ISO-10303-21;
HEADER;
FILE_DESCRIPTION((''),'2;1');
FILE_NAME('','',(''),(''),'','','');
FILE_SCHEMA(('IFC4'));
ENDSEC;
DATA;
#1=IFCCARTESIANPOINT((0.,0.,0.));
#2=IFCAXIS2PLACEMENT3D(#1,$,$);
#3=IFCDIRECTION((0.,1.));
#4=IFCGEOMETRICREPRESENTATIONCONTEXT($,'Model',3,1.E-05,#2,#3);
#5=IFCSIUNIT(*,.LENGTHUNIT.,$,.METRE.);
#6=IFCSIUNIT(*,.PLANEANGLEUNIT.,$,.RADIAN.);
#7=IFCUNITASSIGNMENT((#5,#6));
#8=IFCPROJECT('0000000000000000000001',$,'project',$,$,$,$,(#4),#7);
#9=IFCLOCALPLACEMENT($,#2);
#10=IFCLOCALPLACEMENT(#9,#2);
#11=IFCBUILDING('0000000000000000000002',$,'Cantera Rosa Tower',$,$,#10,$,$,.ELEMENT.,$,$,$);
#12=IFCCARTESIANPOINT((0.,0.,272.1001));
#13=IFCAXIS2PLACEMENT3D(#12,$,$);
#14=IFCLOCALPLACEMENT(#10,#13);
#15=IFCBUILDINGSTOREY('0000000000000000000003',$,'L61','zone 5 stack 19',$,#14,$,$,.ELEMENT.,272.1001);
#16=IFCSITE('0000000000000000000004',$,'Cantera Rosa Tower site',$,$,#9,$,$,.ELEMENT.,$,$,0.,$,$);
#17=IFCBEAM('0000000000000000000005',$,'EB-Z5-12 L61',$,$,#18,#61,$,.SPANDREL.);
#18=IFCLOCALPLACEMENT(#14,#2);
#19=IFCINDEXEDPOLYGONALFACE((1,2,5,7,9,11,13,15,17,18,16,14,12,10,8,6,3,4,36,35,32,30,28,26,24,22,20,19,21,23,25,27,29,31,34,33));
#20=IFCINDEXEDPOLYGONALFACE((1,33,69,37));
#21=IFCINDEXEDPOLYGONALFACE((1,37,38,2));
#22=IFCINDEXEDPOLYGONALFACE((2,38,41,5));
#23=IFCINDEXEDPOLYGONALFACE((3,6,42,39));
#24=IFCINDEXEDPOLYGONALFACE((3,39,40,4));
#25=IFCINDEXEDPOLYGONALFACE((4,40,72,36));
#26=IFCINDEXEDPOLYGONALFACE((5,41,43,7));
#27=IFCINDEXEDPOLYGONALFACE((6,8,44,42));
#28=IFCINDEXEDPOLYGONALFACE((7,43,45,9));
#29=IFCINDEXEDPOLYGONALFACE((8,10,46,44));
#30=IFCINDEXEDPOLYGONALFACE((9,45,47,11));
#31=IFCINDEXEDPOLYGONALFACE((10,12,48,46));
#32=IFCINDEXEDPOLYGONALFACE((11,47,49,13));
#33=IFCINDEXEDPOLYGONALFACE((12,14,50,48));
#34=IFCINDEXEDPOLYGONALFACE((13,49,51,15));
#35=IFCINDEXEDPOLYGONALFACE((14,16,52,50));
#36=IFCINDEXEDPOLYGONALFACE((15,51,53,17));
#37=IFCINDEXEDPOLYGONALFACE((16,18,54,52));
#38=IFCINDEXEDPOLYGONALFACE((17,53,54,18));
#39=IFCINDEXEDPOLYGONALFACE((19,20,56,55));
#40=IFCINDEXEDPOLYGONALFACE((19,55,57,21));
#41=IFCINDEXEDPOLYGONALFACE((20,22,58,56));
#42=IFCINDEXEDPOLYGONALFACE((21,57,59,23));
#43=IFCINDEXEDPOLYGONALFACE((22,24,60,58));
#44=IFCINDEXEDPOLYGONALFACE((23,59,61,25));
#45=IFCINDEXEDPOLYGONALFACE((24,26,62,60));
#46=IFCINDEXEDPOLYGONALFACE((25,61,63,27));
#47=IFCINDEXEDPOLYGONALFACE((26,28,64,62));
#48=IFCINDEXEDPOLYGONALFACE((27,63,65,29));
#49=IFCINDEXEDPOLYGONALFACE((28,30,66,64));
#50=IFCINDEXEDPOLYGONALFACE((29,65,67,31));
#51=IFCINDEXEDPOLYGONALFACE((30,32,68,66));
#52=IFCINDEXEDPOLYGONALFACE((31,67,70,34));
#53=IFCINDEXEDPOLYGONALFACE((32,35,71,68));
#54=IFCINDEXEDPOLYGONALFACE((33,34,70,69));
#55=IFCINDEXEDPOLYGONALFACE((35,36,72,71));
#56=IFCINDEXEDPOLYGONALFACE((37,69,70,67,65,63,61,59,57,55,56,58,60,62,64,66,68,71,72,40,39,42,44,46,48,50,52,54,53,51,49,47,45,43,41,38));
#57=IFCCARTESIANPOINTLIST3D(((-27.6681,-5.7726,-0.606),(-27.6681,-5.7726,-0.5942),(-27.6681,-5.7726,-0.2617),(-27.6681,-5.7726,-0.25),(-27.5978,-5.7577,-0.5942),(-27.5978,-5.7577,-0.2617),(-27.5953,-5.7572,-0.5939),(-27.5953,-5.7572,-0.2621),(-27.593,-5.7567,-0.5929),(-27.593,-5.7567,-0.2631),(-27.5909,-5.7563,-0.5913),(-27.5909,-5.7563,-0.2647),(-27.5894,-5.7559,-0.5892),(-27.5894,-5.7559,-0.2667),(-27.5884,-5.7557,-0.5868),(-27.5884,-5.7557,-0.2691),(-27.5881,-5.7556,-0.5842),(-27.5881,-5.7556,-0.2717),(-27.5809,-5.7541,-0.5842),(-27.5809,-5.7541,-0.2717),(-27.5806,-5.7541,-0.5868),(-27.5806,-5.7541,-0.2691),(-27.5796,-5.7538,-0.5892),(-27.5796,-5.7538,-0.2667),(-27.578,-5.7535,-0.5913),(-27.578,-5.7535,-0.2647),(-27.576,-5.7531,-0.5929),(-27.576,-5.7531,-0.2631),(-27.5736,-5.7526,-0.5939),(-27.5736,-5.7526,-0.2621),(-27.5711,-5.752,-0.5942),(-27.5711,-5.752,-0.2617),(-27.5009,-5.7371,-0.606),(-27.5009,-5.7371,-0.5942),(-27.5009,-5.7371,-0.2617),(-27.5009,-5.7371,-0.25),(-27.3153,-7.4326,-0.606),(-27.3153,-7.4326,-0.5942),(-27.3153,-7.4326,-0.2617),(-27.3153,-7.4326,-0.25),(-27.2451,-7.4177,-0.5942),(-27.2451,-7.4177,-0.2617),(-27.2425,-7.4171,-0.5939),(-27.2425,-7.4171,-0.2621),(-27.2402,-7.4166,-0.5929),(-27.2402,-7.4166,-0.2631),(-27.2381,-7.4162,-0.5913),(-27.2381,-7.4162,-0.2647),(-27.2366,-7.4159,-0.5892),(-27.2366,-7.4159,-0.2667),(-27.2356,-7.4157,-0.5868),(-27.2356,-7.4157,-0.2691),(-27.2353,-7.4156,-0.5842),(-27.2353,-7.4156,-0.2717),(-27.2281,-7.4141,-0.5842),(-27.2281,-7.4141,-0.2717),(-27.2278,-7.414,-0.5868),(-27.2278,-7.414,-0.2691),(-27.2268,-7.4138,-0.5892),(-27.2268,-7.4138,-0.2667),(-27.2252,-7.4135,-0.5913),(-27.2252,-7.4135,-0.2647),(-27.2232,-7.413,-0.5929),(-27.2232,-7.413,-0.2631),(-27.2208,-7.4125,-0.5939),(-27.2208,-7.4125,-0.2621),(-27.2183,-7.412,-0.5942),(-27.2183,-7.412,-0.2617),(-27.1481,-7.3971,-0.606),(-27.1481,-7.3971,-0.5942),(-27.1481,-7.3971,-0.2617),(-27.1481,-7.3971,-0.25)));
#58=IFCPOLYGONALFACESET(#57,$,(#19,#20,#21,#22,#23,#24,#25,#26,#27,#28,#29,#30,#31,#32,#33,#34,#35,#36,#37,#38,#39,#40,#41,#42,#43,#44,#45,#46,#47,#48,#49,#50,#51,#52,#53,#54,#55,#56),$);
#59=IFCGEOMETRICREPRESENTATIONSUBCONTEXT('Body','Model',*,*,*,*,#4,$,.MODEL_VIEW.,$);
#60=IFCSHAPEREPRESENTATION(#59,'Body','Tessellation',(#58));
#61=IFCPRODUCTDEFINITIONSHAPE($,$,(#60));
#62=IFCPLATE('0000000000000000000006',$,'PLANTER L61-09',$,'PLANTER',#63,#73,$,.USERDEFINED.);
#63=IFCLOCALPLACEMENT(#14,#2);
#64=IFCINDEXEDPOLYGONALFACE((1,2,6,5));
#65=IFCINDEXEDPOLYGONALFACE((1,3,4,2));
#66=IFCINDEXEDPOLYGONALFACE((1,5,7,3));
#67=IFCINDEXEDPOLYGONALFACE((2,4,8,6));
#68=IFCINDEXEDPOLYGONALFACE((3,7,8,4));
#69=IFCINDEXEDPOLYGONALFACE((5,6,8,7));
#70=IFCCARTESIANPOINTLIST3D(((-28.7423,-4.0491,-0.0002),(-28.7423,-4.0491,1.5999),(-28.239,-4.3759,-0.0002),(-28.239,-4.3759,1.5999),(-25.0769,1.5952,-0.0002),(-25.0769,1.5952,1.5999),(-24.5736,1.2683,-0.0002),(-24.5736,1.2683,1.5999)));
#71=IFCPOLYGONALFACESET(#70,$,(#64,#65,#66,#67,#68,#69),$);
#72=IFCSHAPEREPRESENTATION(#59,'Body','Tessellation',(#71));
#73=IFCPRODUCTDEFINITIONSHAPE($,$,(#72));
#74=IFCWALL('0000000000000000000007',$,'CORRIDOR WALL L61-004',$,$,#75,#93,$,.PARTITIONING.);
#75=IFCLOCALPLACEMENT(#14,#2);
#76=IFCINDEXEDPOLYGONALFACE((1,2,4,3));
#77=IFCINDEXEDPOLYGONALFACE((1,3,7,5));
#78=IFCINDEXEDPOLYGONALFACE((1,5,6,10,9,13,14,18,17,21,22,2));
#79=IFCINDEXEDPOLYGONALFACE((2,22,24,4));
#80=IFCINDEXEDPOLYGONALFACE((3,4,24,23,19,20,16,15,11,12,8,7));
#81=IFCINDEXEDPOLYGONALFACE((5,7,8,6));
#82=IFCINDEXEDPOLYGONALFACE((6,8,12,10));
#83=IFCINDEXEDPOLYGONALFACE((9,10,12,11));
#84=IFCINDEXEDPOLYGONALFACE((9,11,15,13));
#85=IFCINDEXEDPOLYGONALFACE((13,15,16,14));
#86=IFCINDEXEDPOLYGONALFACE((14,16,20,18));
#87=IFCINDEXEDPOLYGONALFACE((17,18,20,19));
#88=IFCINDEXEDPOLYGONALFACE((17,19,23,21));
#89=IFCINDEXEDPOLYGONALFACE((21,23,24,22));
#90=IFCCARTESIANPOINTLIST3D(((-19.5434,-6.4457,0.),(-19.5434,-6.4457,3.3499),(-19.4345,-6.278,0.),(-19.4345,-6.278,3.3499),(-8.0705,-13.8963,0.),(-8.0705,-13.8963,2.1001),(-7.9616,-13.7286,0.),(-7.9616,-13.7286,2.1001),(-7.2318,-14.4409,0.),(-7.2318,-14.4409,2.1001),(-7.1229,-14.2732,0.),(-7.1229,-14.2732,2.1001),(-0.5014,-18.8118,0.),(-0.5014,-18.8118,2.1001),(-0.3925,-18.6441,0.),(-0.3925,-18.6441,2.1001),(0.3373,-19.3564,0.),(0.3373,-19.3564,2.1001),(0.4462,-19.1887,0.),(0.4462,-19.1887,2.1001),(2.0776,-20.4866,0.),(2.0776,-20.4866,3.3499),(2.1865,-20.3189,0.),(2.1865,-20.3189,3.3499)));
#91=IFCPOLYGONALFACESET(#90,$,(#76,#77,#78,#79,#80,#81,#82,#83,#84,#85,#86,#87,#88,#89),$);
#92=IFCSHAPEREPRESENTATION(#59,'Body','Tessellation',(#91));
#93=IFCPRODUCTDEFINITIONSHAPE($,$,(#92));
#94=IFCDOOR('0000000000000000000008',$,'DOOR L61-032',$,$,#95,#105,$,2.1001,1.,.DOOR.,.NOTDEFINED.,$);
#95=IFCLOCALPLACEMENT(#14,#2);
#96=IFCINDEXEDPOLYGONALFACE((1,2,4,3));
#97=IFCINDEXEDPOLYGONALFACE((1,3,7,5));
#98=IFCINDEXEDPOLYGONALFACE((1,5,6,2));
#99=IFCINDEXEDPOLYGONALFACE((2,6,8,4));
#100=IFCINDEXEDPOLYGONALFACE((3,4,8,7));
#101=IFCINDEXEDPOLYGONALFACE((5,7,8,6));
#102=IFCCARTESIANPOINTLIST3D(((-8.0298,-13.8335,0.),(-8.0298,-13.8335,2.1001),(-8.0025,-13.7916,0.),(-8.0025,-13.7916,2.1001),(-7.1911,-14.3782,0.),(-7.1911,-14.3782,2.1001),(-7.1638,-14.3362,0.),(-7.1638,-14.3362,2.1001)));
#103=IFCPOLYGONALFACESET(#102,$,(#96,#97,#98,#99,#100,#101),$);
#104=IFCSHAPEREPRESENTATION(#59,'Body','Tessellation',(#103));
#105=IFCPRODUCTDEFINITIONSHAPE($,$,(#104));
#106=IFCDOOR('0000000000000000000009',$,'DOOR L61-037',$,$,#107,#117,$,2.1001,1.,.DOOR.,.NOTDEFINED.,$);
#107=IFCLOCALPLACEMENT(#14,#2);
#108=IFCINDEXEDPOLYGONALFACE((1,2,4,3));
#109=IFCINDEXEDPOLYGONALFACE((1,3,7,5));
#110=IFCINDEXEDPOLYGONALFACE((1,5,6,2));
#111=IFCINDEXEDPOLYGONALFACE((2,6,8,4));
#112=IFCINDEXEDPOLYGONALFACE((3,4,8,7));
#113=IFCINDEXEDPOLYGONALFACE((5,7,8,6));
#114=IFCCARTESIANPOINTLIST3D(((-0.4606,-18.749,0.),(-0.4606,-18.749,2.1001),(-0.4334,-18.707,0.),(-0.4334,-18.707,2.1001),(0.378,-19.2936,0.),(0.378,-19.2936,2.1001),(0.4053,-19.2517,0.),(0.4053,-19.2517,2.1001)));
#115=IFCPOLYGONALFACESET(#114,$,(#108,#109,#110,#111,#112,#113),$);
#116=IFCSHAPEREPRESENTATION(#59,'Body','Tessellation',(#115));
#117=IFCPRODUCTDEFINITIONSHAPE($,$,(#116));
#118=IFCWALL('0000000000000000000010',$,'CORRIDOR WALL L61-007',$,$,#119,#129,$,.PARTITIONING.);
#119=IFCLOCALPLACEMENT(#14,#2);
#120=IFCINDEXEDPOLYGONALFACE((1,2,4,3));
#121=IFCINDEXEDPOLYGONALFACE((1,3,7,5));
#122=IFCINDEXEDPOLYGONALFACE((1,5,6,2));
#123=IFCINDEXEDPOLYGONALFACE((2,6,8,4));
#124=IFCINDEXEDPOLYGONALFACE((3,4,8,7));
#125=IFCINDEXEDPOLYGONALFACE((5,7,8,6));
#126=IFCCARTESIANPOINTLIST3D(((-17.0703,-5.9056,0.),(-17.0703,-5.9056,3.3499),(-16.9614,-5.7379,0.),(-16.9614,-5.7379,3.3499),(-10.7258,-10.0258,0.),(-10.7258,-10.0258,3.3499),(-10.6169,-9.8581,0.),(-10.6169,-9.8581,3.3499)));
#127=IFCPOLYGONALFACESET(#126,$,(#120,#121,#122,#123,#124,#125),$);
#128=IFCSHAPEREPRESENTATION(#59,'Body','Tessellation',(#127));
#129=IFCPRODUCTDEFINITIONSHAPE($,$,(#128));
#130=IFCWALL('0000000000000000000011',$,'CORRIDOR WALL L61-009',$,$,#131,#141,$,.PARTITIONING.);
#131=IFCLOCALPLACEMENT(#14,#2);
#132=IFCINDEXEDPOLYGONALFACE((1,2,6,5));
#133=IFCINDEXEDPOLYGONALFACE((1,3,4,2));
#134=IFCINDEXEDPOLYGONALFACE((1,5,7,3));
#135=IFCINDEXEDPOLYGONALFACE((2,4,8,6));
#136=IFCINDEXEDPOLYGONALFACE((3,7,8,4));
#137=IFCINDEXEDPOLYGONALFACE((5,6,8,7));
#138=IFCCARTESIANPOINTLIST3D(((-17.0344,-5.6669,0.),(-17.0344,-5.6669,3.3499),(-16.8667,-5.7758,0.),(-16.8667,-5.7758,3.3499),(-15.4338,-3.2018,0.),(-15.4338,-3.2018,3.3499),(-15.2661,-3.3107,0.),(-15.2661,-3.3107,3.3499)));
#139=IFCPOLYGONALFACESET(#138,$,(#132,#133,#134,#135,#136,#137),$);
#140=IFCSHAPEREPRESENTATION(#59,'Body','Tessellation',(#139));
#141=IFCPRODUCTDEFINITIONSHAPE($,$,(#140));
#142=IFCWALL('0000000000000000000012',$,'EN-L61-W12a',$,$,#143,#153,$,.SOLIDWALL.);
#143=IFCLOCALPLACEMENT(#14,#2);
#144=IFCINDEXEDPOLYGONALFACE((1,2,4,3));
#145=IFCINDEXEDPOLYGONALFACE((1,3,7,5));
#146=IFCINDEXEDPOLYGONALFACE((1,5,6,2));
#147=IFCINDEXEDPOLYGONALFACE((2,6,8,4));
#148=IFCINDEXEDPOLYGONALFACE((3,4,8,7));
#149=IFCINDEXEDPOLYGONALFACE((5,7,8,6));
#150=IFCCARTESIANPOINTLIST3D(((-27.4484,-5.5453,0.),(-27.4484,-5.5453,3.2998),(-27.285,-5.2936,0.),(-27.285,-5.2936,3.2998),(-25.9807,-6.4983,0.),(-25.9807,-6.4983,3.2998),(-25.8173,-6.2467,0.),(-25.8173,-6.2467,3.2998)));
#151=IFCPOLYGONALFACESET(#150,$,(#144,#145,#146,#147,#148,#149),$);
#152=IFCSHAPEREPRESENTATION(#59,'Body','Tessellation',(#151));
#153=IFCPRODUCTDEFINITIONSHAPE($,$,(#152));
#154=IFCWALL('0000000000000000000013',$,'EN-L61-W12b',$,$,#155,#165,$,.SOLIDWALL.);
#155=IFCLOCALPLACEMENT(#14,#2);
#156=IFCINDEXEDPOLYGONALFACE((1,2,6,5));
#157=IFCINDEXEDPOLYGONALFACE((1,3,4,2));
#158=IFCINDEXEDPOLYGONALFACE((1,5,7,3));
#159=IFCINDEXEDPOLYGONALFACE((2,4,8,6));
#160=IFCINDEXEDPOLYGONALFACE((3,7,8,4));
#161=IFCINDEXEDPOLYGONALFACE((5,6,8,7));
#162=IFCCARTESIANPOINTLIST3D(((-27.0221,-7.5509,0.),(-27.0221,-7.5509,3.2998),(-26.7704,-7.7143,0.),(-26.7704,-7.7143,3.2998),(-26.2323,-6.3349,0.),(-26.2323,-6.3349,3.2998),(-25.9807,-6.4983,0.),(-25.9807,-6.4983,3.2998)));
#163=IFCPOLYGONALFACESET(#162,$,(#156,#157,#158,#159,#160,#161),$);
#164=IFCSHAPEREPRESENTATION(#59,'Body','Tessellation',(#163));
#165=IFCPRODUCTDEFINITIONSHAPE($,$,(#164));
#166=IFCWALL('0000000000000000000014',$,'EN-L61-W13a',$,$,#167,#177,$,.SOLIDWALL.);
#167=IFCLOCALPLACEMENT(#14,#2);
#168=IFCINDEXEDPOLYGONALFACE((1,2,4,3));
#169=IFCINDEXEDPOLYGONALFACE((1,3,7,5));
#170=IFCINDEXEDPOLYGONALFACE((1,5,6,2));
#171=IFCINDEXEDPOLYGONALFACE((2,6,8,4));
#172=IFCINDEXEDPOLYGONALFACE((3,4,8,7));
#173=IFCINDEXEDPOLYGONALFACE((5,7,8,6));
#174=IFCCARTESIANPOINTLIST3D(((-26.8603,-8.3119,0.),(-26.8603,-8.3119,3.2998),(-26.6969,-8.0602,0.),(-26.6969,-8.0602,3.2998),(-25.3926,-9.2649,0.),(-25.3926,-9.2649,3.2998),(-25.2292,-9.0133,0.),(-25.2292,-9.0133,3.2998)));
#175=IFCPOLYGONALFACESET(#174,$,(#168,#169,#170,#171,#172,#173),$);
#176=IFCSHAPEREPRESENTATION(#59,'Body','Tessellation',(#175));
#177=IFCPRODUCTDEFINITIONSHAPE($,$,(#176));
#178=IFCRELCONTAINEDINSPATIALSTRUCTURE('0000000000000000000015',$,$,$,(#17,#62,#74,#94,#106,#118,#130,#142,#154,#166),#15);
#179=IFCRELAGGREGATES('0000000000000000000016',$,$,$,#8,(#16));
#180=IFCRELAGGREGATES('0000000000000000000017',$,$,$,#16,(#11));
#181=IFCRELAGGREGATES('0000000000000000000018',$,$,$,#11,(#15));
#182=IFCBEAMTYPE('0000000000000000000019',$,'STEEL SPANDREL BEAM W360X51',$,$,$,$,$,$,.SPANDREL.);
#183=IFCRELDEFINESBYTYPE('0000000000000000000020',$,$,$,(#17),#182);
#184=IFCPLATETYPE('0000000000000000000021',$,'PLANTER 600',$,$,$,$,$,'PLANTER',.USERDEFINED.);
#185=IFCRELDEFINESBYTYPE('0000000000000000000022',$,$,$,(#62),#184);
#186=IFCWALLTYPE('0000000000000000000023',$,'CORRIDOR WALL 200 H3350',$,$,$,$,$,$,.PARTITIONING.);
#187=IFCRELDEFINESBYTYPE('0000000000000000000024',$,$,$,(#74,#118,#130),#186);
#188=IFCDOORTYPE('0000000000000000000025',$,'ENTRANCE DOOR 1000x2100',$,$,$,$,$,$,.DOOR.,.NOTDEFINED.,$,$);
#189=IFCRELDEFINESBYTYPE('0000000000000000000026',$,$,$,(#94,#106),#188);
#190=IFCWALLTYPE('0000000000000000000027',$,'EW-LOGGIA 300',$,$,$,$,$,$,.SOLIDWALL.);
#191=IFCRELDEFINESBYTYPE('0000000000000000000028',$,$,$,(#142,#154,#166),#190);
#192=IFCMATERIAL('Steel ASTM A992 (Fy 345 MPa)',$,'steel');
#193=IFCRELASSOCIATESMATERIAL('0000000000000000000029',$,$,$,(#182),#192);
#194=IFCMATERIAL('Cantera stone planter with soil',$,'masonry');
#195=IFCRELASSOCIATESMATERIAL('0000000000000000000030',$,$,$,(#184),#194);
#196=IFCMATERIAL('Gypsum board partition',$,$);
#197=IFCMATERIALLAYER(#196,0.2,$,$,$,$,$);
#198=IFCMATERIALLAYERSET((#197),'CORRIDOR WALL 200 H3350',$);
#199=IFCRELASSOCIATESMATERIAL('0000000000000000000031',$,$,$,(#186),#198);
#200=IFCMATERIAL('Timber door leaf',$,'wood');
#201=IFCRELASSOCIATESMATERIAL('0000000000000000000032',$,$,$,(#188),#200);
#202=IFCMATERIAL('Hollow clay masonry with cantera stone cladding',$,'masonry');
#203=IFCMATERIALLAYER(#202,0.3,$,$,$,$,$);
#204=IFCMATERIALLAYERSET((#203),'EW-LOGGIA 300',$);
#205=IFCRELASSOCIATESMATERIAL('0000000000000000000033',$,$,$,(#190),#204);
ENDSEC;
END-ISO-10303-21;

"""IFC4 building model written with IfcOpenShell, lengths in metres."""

from ifc_helpers import new_model, si_unit, direction, frame, frame_2d, origin, origin_2d, place, context, subcontext, project, spatial, rectangle, i_section, extrude, material, layer, layer_set, material_profile, profile_set, type_object, element, fill, save


model = new_model("IFC4")

# Units and contexts
model_context = context("Model", 3, precision=1e-05, world=origin(), true_north=direction((0.0, 1.0)))
body_context = subcontext(model_context, "Body", "Model", "MODEL_VIEW")
ifc_project = project(units=[si_unit("LENGTHUNIT", "METRE"), si_unit("PLANEANGLEUNIT", "RADIAN")], contexts=[model_context])

# Site, building, storey
site_placement = place(None, origin())
site = spatial("IfcSite", under=ifc_project, at=site_placement, Name="Cantera Rosa Tower site", CompositionType="ELEMENT", RefElevation=0.0)
building_placement = place(site_placement, origin())
building = spatial("IfcBuilding", under=site, at=building_placement, Name="Cantera Rosa Tower", CompositionType="ELEMENT")
storey_placement = place(building_placement, frame((0.0, 0.0, 272.1001)))
storey = spatial("IfcBuildingStorey", under=building, at=storey_placement, Name="L61", Description="zone 5 stack 19", CompositionType="ELEMENT", Elevation=272.1001)

# Beam
ifc_material_1 = material(Name="Steel ASTM A992 (Fy 345 MPa)", Category="steel")
ifc_material_profile_1 = material_profile(ifc_material_1, i_section(OverallWidth=0.1709, OverallDepth=0.356, WebThickness=0.0073, FlangeThickness=0.0117, FilletRadius=0.01, at=origin_2d()), Name="W360X51")
ifc_profile_set_1 = profile_set([ifc_material_profile_1], Name="Steel ASTM A992 (Fy 345 MPa)")
beam_type_1 = type_object("IfcBeamType", Name="STEEL SPANDREL BEAM W360X51", PredefinedType="SPANDREL", material=ifc_profile_set_1)
beam_1_placement = place(storey_placement, frame((-27.5845, -5.7549, -0.428), z_axis=(0.207888, -0.978153, 0.0), x_axis=(0.978153, 0.207888, 0.0)))
element("IfcBeam", 1, at=beam_1_placement, inside=storey, type_object=beam_type_1, Name="EB-Z5-12 L61", PredefinedType="SPANDREL", context=body_context, shape_type="SweptSolid", body=[
    extrude(i_section(OverallWidth=0.1709, OverallDepth=0.356, WebThickness=0.0073, FlangeThickness=0.0117, FilletRadius=0.01, at=origin_2d()), origin(), (0.0, 0.0, 1.0), 1.697),
])

# Plate
ifc_material_2 = material(Name="Cantera stone planter with soil", Category="masonry")
plate_type = type_object("IfcPlateType", Name="PLANTER 600", ElementType="PLANTER", PredefinedType="USERDEFINED", material=ifc_material_2)
plate_placement = place(storey_placement, frame((-26.658, -1.3904, -0.0002), z_axis=(0.0, 0.0, 1.0), x_axis=(-0.544639, -0.838671, 0.0)))
element("IfcPlate", 2, at=plate_placement, inside=storey, type_object=plate_type, Name="PLANTER L61-09", ObjectType="PLANTER", PredefinedType="USERDEFINED", context=body_context, shape_type="SweptSolid", body=[
    extrude(rectangle(XDim=6.73, YDim=0.6001, at=origin_2d()), origin(), (0.0, 0.0, 1.0), 1.6001),
])

# Wall, openings, doors
ifc_material_3 = material(Name="Gypsum board partition")
ifc_layer_1 = layer(ifc_material_3, 0.2)
ifc_layer_set_1 = layer_set([ifc_layer_1], Name="CORRIDOR WALL 200 H3350")
wall_type_1 = type_object("IfcWallType", Name="CORRIDOR WALL 200 H3350", PredefinedType="PARTITIONING", material=ifc_layer_set_1)
wall_1_placement = place(storey_placement, frame((-19.489, -6.3618, 0.0), z_axis=(0.0, 0.0, 1.0), x_axis=(0.83867, -0.54464, 0.0)))
wall_1 = element("IfcWall", 3, at=wall_1_placement, inside=storey, type_object=wall_type_1, Name="CORRIDOR WALL L61-004", PredefinedType="PARTITIONING", context=body_context, shape_type="SweptSolid", body=[
    extrude(rectangle(XDim=25.78, YDim=0.2, at=frame_2d((12.8901, 0.0))), origin(), (0.0, 0.0, 1.0), 3.3499),
])
opening_1_placement = place(wall_1_placement, frame((13.6799, 0.0, 0.0)))
opening_1 = element("IfcOpeningElement", 4, at=opening_1_placement, cuts=wall_1, PredefinedType="OPENING", context=body_context, shape_type="SweptSolid", body=[
    extrude(rectangle(XDim=1.0, YDim=2.1001, at=frame_2d((0.5, 1.05))), frame((0.0, 0.1099, 0.0), z_axis=(0.0, -1.0, 0.0), x_axis=(1.0, 0.0, 0.0)), (0.0, 0.0, 1.0), 0.22),
])
opening_2_placement = place(wall_1_placement, frame((22.7051, 0.0, 0.0)))
opening_2 = element("IfcOpeningElement", 5, at=opening_2_placement, cuts=wall_1, PredefinedType="OPENING", context=body_context, shape_type="SweptSolid", body=[
    extrude(rectangle(XDim=1.0, YDim=2.1001, at=frame_2d((0.5, 1.05))), frame((0.0, 0.1099, 0.0), z_axis=(0.0, -1.0, 0.0), x_axis=(1.0, 0.0, 0.0)), (0.0, 0.0, 1.0), 0.22),
])
ifc_material_4 = material(Name="Timber door leaf", Category="wood")
door_type_1 = type_object("IfcDoorType", Name="ENTRANCE DOOR 1000x2100", OperationType="NOTDEFINED", PredefinedType="DOOR", material=ifc_material_4)
door_1_placement = place(opening_1_placement, origin())
door_1 = element("IfcDoor", 6, at=door_1_placement, inside=storey, type_object=door_type_1, Name="DOOR L61-032", OperationType="NOTDEFINED", OverallHeight=2.1001, OverallWidth=1.0, PredefinedType="DOOR", context=body_context, shape_type="SweptSolid", body=[
    extrude(rectangle(XDim=1.0, YDim=2.1001, at=frame_2d((0.5, 1.05))), frame((0.0, 0.0249, 0.0), z_axis=(0.0, -1.0, 0.0), x_axis=(1.0, 0.0, 0.0)), (0.0, 0.0, 1.0), 0.05),
])
fill(opening_1, door_1)
door_2_placement = place(opening_2_placement, origin())
door_2 = element("IfcDoor", 7, at=door_2_placement, inside=storey, type_object=door_type_1, Name="DOOR L61-037", OperationType="NOTDEFINED", OverallHeight=2.1001, OverallWidth=1.0, PredefinedType="DOOR", context=body_context, shape_type="SweptSolid", body=[
    extrude(rectangle(XDim=1.0, YDim=2.1001, at=frame_2d((0.5, 1.05))), frame((0.0, 0.0249, 0.0), z_axis=(0.0, -1.0, 0.0), x_axis=(1.0, 0.0, 0.0)), (0.0, 0.0, 1.0), 0.05),
])
fill(opening_2, door_2)

# Walls
wall_2_placement = place(storey_placement, frame((-17.0159, -5.8218, 0.0), z_axis=(0.0, 0.0, 1.0), x_axis=(0.838673, -0.544636, 0.0)))
element("IfcWall", 8, at=wall_2_placement, inside=storey, type_object=wall_type_1, Name="CORRIDOR WALL L61-007", PredefinedType="PARTITIONING", context=body_context, shape_type="SweptSolid", body=[
    extrude(rectangle(XDim=7.5649, YDim=0.2, at=frame_2d((3.7825, 0.0))), origin(), (0.0, 0.0, 1.0), 3.3499),
])
wall_3_placement = place(storey_placement, frame((-15.3499, -3.2561, 0.0), z_axis=(0.0, 0.0, 1.0), x_axis=(-0.544577, -0.838711, 0.0)))
element("IfcWall", 9, at=wall_3_placement, inside=storey, type_object=wall_type_1, Name="CORRIDOR WALL L61-009", PredefinedType="PARTITIONING", context=body_context, shape_type="SweptSolid", body=[
    extrude(rectangle(XDim=2.9392, YDim=0.2, at=frame_2d((1.4697, 0.0))), origin(), (0.0, 0.0, 1.0), 3.3499),
])
ifc_material_5 = material(Name="Hollow clay masonry with cantera stone cladding", Category="masonry")
ifc_layer_2 = layer(ifc_material_5, 0.3)
ifc_layer_set_2 = layer_set([ifc_layer_2], Name="EW-LOGGIA 300")
wall_type_2 = type_object("IfcWallType", Name="EW-LOGGIA 300", PredefinedType="SOLIDWALL", material=ifc_layer_set_2)
wall_4_placement = place(storey_placement, frame((-27.3667, -5.4194, 0.0), z_axis=(0.0, 0.0, 1.0), x_axis=(0.838686, -0.544616, 0.0)))
element("IfcWall", 10, at=wall_4_placement, inside=storey, type_object=wall_type_2, Name="EN-L61-W12a", PredefinedType="SOLIDWALL", context=body_context, shape_type="SweptSolid", body=[
    extrude(rectangle(XDim=1.75, YDim=0.3, at=frame_2d((0.875, 0.0))), origin(), (0.0, 0.0, 1.0), 3.2998),
])
wall_5_placement = place(storey_placement, frame((-26.1064, -6.4165, 0.0), z_axis=(0.0, 0.0, 1.0), x_axis=(-0.544675, -0.838647, 0.0)))
element("IfcWall", 11, at=wall_5_placement, inside=storey, type_object=wall_type_2, Name="EN-L61-W12b", PredefinedType="SOLIDWALL", context=body_context, shape_type="SweptSolid", body=[
    extrude(rectangle(XDim=1.45, YDim=0.3, at=frame_2d((0.7251, 0.0))), origin(), (0.0, 0.0, 1.0), 3.2998),
])
wall_6_placement = place(storey_placement, frame((-26.7786, -8.186, 0.0), z_axis=(0.0, 0.0, 1.0), x_axis=(0.838686, -0.544616, 0.0)))
element("IfcWall", 12, at=wall_6_placement, inside=storey, type_object=wall_type_2, Name="EN-L61-W13a", PredefinedType="SOLIDWALL", context=body_context, shape_type="SweptSolid", body=[
    extrude(rectangle(XDim=1.75, YDim=0.3, at=frame_2d((0.875, 0.0))), origin(), (0.0, 0.0, 1.0), 3.2998),
])

save(model, "model.ifc")
